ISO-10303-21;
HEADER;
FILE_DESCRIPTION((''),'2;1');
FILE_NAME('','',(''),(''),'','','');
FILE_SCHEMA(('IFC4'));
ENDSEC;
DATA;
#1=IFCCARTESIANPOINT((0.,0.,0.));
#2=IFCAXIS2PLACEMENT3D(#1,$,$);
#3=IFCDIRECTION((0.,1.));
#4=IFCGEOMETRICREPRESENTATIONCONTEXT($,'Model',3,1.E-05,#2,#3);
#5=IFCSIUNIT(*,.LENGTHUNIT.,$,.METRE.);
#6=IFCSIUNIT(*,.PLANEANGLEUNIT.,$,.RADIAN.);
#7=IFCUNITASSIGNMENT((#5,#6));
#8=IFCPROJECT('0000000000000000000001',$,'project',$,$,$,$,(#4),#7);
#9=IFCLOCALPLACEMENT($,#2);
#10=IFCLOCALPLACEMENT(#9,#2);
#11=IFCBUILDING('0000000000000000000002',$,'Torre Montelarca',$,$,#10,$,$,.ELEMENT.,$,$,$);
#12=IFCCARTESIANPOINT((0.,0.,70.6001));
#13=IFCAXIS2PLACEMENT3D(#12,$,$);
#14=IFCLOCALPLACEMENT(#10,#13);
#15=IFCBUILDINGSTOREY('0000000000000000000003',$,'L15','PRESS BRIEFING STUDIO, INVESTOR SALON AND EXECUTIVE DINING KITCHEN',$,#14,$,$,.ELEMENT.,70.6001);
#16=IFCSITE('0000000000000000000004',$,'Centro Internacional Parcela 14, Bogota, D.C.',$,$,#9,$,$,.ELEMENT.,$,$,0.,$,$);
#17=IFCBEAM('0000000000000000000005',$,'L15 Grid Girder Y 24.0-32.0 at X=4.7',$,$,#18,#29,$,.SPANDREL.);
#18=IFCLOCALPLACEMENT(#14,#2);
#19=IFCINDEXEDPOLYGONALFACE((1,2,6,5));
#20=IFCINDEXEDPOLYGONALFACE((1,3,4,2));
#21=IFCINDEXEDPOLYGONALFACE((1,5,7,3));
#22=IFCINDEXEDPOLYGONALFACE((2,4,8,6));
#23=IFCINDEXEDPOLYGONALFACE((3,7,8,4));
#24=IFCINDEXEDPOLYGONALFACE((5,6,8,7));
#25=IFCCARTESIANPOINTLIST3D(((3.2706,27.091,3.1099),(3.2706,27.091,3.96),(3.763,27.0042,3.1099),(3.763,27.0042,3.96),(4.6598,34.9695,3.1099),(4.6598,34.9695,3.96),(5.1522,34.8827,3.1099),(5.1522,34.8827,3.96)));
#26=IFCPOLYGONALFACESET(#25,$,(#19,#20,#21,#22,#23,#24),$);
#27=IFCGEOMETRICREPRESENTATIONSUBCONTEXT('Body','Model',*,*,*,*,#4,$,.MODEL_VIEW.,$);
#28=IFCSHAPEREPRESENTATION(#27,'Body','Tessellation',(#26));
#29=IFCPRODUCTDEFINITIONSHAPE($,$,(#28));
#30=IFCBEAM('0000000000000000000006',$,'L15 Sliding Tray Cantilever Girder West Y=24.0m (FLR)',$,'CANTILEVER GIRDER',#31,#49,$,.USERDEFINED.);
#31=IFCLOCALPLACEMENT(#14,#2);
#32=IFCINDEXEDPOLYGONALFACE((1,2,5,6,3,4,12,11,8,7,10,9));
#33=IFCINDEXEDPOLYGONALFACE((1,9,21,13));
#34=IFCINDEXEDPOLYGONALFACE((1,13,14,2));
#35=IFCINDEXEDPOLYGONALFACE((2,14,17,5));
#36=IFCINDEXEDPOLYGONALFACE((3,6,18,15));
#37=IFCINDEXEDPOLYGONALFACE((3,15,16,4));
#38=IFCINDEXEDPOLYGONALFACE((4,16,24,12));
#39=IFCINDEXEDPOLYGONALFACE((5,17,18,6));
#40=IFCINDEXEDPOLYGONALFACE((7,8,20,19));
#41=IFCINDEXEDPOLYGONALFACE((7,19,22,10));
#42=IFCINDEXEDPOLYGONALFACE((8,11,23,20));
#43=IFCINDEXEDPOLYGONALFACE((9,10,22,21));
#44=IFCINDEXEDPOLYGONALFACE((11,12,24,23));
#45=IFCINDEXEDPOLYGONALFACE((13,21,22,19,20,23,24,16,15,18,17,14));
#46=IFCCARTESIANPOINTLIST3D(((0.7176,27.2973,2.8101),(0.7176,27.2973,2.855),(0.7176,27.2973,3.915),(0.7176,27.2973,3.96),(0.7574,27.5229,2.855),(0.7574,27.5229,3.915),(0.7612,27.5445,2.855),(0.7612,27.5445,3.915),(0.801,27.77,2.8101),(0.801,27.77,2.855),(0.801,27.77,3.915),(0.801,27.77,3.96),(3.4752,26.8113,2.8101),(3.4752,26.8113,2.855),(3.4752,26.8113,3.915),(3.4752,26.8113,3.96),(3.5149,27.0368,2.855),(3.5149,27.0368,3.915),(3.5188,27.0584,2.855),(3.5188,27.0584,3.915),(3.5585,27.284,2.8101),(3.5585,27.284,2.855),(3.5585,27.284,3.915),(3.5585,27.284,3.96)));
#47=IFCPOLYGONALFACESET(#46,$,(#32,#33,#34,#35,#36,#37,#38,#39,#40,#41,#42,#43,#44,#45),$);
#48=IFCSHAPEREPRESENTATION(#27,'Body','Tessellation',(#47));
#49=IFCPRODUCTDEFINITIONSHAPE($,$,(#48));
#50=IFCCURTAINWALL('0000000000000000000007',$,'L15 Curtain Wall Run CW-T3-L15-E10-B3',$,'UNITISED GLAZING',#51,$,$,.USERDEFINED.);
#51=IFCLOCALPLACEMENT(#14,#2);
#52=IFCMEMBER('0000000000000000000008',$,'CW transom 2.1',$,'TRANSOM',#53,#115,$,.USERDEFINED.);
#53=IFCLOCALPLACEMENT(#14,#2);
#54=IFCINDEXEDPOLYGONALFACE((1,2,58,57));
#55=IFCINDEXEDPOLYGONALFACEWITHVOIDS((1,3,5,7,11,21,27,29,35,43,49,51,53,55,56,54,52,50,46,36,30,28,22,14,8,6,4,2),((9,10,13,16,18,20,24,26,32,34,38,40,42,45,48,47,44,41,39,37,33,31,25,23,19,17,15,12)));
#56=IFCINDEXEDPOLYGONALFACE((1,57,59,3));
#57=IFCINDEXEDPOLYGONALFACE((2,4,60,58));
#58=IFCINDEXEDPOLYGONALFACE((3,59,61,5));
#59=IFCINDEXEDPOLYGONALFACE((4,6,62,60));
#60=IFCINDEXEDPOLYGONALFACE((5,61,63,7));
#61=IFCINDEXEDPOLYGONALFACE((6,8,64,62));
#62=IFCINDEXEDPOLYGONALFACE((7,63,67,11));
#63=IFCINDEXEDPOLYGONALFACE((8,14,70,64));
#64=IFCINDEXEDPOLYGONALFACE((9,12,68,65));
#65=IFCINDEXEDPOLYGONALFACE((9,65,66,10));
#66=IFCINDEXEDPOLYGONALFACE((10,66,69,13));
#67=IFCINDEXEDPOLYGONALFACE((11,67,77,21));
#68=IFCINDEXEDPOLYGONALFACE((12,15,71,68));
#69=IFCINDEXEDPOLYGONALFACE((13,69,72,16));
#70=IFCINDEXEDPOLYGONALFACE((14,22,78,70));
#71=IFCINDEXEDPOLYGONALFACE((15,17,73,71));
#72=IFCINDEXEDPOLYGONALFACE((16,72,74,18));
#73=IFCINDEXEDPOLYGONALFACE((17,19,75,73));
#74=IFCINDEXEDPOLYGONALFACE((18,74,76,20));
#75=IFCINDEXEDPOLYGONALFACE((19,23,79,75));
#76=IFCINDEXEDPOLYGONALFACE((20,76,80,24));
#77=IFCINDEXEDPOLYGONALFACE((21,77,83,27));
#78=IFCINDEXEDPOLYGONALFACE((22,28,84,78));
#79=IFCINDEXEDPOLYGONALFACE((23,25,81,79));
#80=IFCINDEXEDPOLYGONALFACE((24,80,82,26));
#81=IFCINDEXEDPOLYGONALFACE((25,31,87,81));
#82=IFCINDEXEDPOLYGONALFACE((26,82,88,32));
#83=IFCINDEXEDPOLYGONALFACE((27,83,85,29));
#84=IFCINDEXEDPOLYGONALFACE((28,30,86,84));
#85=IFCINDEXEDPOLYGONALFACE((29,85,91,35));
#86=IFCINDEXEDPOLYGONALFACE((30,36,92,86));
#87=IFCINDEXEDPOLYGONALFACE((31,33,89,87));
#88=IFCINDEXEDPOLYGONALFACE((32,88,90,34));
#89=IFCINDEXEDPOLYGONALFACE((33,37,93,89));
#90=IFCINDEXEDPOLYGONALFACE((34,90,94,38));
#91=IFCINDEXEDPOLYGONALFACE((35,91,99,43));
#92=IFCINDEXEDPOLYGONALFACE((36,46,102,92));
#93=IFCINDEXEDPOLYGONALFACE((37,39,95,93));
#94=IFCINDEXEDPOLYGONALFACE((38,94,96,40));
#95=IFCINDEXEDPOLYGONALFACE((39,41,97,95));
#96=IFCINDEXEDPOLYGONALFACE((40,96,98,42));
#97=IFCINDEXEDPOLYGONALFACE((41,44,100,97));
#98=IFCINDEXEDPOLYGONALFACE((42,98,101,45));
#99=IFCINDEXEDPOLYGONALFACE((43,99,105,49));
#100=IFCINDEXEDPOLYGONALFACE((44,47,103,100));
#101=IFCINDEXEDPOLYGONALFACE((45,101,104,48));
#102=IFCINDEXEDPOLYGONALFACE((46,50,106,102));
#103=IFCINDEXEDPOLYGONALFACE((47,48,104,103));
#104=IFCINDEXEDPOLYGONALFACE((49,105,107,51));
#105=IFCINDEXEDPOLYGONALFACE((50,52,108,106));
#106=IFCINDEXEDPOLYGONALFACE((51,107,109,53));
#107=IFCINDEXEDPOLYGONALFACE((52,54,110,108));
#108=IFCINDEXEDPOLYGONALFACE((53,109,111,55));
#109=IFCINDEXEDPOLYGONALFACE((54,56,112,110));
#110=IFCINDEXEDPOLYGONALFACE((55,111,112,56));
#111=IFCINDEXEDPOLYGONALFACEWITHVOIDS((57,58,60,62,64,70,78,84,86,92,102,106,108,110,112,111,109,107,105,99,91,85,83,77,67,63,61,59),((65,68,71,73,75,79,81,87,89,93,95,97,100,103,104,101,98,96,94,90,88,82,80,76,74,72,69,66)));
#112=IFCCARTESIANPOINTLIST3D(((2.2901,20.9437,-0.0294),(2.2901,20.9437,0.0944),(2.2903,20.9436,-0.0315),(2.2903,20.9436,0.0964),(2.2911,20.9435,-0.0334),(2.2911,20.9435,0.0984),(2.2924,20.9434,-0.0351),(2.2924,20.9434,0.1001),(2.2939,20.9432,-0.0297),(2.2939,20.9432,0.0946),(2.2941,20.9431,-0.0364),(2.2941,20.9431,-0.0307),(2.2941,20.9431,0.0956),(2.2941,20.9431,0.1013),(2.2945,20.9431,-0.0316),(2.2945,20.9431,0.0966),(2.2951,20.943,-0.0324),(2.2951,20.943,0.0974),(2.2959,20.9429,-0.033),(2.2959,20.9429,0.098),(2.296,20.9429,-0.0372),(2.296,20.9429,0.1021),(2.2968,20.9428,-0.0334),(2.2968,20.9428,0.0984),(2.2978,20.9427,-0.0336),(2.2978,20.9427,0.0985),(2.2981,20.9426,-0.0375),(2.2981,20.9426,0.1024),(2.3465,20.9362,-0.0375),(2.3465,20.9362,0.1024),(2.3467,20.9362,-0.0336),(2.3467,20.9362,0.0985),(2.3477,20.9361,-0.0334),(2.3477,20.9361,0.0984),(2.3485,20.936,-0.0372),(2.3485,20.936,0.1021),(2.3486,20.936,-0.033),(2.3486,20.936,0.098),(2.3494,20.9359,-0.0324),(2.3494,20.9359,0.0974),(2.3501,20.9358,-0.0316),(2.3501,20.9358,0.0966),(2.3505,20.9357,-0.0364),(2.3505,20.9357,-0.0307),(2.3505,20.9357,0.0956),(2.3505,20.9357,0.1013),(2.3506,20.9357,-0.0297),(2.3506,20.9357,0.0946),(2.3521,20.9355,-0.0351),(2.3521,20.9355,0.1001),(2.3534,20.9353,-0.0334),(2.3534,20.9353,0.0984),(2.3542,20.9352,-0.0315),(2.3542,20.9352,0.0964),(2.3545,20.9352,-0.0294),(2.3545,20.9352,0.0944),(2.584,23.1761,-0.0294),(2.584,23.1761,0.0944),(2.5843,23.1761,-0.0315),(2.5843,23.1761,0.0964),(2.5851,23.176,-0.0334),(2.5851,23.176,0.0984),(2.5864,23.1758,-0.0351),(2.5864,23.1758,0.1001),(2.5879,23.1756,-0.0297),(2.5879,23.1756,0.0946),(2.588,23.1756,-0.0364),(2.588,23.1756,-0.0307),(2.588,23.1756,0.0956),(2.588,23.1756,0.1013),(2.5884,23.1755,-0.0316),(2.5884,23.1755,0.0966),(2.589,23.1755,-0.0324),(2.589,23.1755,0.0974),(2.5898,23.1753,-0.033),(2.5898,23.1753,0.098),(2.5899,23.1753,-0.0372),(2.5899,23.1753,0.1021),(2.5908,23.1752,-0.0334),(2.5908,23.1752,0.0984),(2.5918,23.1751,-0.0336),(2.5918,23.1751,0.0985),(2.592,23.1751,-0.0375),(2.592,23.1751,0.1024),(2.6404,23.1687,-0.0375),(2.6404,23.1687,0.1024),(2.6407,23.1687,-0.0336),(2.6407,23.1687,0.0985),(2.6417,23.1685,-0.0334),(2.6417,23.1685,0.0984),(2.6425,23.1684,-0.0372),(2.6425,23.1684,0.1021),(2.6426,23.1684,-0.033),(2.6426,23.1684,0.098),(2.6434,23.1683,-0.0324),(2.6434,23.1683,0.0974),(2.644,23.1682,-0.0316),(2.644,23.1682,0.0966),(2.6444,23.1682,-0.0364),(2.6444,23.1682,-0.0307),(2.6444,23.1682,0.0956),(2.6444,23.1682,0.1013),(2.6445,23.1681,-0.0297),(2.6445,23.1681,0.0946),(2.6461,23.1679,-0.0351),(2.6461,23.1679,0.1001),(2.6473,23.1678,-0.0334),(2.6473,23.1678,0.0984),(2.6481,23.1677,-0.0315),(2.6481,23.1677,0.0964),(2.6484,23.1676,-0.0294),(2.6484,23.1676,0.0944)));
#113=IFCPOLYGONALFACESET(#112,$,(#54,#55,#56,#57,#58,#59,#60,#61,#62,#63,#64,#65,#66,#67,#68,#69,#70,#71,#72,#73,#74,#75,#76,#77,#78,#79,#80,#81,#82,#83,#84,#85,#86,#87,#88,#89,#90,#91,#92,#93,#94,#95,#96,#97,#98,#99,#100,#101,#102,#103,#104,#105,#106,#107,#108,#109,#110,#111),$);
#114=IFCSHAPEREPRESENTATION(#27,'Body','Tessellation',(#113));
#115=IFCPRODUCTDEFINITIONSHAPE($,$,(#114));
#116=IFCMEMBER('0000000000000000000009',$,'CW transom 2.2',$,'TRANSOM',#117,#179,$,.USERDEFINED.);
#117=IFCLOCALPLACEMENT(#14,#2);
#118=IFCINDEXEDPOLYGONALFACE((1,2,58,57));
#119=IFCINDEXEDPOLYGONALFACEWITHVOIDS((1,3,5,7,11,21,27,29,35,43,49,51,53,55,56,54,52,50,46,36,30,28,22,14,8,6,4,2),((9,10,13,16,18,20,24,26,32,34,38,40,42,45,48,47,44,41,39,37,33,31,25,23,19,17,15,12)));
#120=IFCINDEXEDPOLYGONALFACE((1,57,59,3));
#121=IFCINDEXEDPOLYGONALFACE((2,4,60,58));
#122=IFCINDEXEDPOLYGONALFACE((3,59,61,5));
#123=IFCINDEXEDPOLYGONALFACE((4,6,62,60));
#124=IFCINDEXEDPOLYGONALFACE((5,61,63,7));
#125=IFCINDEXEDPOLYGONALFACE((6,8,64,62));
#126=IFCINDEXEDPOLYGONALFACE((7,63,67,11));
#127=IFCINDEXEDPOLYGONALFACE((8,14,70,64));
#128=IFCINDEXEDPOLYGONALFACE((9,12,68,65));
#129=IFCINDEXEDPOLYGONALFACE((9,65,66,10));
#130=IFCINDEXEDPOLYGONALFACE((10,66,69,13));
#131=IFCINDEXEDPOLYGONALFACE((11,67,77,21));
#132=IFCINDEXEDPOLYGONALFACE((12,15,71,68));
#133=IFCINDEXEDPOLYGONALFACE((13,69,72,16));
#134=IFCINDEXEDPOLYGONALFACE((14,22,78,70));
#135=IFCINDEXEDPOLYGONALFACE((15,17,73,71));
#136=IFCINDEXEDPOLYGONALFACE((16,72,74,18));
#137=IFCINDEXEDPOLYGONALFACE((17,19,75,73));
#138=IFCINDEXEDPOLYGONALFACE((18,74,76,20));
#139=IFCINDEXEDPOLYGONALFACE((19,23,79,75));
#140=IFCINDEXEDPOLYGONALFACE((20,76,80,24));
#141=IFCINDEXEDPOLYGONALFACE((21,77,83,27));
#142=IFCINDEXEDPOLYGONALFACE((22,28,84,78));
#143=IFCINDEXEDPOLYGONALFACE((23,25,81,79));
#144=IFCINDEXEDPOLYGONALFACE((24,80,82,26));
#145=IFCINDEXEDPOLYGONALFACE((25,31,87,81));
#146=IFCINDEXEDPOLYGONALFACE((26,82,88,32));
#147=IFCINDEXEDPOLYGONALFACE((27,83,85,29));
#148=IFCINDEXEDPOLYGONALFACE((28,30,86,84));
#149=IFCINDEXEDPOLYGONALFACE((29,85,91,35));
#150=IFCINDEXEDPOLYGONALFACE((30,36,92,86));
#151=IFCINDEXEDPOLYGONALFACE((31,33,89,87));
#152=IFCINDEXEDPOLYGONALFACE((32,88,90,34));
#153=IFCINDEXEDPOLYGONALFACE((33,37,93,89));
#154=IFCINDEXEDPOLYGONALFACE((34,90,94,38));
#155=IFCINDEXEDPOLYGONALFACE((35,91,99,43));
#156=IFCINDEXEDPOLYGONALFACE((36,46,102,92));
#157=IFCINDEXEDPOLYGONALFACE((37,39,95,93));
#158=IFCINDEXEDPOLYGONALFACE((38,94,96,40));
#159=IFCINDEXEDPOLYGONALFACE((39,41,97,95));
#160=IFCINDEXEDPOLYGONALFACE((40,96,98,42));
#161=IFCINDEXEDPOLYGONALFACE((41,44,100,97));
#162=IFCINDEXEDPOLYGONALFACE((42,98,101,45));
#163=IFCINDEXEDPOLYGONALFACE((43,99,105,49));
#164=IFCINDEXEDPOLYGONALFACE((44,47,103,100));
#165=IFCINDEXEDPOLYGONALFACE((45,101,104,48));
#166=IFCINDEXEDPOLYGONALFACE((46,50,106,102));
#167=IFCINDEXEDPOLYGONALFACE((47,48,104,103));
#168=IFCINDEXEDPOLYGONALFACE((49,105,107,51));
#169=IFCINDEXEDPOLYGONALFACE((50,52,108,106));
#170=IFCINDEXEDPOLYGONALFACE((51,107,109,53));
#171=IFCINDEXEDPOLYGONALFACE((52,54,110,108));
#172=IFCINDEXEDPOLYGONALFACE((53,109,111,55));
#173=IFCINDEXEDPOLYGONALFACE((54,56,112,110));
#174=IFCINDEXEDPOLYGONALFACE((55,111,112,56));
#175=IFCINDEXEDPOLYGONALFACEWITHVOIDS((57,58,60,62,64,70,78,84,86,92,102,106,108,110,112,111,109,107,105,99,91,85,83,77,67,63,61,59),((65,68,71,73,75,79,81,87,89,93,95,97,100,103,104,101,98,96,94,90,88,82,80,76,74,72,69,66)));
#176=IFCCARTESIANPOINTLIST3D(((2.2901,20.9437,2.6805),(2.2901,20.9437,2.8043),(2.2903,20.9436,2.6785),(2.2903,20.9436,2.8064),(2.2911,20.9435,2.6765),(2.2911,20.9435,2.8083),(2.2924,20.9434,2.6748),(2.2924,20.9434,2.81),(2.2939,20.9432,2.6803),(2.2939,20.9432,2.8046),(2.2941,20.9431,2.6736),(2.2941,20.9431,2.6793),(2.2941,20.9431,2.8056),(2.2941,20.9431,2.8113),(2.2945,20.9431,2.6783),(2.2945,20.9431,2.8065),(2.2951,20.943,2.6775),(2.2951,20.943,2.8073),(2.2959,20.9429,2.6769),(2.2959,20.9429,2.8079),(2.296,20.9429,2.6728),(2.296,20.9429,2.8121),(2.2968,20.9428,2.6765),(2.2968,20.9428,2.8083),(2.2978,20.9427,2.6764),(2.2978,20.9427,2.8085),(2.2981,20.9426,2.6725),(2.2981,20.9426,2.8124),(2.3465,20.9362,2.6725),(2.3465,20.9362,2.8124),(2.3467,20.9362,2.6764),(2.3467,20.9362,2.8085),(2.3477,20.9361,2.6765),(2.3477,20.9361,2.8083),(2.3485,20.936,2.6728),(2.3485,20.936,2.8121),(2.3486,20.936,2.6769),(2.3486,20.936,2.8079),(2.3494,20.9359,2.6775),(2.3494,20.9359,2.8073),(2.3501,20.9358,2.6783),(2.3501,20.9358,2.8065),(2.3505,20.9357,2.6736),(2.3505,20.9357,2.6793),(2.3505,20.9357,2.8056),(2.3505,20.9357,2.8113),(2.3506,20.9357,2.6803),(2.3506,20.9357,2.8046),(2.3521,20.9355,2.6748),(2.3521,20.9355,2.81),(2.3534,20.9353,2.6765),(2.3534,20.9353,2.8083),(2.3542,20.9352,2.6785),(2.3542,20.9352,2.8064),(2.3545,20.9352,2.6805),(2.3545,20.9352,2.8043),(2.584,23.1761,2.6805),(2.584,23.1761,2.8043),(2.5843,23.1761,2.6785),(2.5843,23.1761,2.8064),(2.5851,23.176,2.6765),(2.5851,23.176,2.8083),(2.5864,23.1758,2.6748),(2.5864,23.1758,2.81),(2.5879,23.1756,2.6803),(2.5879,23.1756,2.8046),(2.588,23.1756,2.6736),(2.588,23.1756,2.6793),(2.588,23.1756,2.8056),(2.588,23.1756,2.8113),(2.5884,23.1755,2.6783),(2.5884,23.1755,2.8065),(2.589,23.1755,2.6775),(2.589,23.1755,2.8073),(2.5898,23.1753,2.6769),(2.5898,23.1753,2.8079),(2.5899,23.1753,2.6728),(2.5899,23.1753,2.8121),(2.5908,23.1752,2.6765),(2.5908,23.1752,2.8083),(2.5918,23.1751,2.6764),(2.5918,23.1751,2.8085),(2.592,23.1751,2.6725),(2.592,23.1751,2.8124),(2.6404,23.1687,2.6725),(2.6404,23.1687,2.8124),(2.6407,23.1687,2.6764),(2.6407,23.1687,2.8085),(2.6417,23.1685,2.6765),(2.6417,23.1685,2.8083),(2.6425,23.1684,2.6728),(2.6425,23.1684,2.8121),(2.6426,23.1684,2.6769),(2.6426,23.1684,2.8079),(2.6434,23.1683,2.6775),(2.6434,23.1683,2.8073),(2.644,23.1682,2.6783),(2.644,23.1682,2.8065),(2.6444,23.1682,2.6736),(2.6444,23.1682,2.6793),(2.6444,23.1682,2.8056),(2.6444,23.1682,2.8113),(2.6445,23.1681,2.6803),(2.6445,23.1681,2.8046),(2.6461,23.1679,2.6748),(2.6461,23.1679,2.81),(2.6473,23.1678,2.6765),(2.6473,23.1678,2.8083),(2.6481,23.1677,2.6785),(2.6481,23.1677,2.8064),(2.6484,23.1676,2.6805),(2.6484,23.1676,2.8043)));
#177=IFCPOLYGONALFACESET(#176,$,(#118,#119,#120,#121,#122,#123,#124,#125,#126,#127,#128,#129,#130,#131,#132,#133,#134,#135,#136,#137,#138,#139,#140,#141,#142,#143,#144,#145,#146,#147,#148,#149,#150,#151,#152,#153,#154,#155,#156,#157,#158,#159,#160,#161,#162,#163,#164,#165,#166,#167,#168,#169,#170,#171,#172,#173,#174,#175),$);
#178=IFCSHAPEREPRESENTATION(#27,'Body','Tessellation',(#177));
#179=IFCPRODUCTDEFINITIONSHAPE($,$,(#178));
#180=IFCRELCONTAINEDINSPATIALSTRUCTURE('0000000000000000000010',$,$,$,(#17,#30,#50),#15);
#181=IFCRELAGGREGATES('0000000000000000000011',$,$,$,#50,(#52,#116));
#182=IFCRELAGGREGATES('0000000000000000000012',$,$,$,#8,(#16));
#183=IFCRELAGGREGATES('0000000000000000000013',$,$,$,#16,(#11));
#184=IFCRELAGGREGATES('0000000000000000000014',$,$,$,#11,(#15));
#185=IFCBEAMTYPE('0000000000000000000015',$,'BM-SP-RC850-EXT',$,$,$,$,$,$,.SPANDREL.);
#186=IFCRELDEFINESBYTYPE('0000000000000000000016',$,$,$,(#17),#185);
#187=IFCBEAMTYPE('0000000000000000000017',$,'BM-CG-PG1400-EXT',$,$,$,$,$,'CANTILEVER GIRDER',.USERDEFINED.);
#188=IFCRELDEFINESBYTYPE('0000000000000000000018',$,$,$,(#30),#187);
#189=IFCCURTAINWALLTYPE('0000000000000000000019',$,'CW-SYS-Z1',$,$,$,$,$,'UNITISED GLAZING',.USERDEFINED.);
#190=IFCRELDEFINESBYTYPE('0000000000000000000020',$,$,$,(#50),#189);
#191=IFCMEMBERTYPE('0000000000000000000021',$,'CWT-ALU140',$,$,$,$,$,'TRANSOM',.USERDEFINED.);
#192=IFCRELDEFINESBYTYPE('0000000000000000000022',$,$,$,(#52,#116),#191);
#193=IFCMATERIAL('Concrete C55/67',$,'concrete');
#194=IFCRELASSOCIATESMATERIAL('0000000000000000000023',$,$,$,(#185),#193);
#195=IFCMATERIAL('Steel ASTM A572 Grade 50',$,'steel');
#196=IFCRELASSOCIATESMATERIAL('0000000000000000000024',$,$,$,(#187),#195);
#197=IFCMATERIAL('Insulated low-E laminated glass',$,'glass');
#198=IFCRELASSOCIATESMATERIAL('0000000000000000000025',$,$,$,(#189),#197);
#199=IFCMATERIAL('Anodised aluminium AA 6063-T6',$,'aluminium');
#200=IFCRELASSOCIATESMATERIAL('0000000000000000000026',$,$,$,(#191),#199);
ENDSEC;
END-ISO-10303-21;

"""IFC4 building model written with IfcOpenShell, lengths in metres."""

from ifc_helpers import new_model, si_unit, direction, frame, origin, origin_2d, place, context, subcontext, project, spatial, rectangle, hollow_rectangle, i_section, extrude, source, transform, mapped, material, material_profile, profile_set, type_object, element, aggregate, save


model = new_model("IFC4")

# Units and contexts
model_context = context("Model", 3, precision=1e-05, world=origin(), true_north=direction((0.0, 1.0)))
body_context = subcontext(model_context, "Body", "Model", "MODEL_VIEW")
ifc_project = project(units=[si_unit("LENGTHUNIT", "METRE"), si_unit("PLANEANGLEUNIT", "RADIAN")], contexts=[model_context])

# Site, building, storey
site_placement = place(None, origin())
site = spatial("IfcSite", under=ifc_project, at=site_placement, Name="Centro Internacional Parcela 14, Bogota, D.C.", CompositionType="ELEMENT", RefElevation=0.0)
building_placement = place(site_placement, origin())
building = spatial("IfcBuilding", under=site, at=building_placement, Name="Torre Montelarca", CompositionType="ELEMENT")
storey_placement = place(building_placement, frame((0.0, 0.0, 70.6001)))
storey = spatial("IfcBuildingStorey", under=building, at=storey_placement, Name="L15", Description="PRESS BRIEFING STUDIO, INVESTOR SALON AND EXECUTIVE DINING KITCHEN", CompositionType="ELEMENT", Elevation=70.6001)

# Beams
ifc_material_1 = material(Name="Concrete C55/67", Category="concrete")
ifc_material_profile_1 = material_profile(ifc_material_1, rectangle(XDim=0.5, YDim=0.8501, at=origin_2d()), Name="RCB500X850", Category="concrete")
ifc_profile_set_1 = profile_set([ifc_material_profile_1], Name="Concrete C55/67")
beam_type_1 = type_object("IfcBeamType", Name="BM-SP-RC850-EXT", PredefinedType="SPANDREL", material=ifc_profile_set_1)
shared_shape_1 = source(origin(), body_context, "Body", "SweptSolid", [
    extrude(rectangle(XDim=0.5, YDim=0.8501, at=origin_2d()), origin(), (0.0, 0.0, 1.0), 8.0),
])
beam_1_placement = place(storey_placement, frame((3.5168, 27.0476, 3.5349), z_axis=(0.173646, 0.984808, 0.0), x_axis=(-0.984808, 0.173646, 0.0)))
element("IfcBeam", 1, at=beam_1_placement, inside=storey, type_object=beam_type_1, Name="L15 Grid Girder Y 24.0-32.0 at X=4.7", PredefinedType="SPANDREL", context=body_context, shape_type="MappedRepresentation", body=[
    mapped(shared_shape_1, transform((0.0, 0.0, 0.0), scale=1.0)),
])
ifc_material_2 = material(Name="Steel ASTM A572 Grade 50", Category="steel")
ifc_material_profile_2 = material_profile(ifc_material_2, i_section(OverallWidth=0.48, OverallDepth=1.1499, WebThickness=0.022, FlangeThickness=0.0449, at=origin_2d()), Name="PG1150X480X22X45", Category="steel")
ifc_profile_set_2 = profile_set([ifc_material_profile_2], Name="Steel ASTM A572 Grade 50")
beam_type_2 = type_object("IfcBeamType", Name="BM-CG-PG1400-EXT", ElementType="CANTILEVER GIRDER", PredefinedType="USERDEFINED", material=ifc_profile_set_2)
shared_shape_2 = source(origin(), body_context, "Body", "SweptSolid", [
    extrude(i_section(OverallWidth=0.48, OverallDepth=1.1499, WebThickness=0.022, FlangeThickness=0.0449, at=origin_2d()), origin(), (0.0, 0.0, 1.0), 2.8),
])
beam_2_placement = place(storey_placement, frame((3.5168, 27.0476, 3.385), z_axis=(-0.984817, 0.173596, 0.0), x_axis=(-0.173596, -0.984817, 0.0)))
element("IfcBeam", 2, at=beam_2_placement, inside=storey, type_object=beam_type_2, Name="L15 Sliding Tray Cantilever Girder West Y=24.0m (FLR)", ObjectType="CANTILEVER GIRDER", PredefinedType="USERDEFINED", context=body_context, shape_type="MappedRepresentation", body=[
    mapped(shared_shape_2, transform((0.0, 0.0, 0.0), scale=1.0)),
])

# Curtain wall, members
ifc_material_3 = material(Name="Insulated low-E laminated glass", Category="glass")
curtain_wall_type = type_object("IfcCurtainWallType", Name="CW-SYS-Z1", ElementType="UNITISED GLAZING", PredefinedType="USERDEFINED", material=ifc_material_3)
curtain_wall_1_placement = place(storey_placement, origin())
curtain_wall_1 = element("IfcCurtainWall", 3, at=curtain_wall_1_placement, inside=storey, type_object=curtain_wall_type, Name="L15 Curtain Wall Run CW-T3-L15-E10-B3", ObjectType="UNITISED GLAZING", PredefinedType="USERDEFINED")
ifc_material_4 = material(Name="Anodised aluminium AA 6063-T6", Category="aluminium")
ifc_material_profile_3 = material_profile(ifc_material_4, hollow_rectangle(XDim=0.0649, YDim=0.1399, WallThickness=0.0039, InnerFilletRadius=0.0039, OuterFilletRadius=0.0081, at=origin_2d()), Name="ALU65X140X4", Category="aluminium")
ifc_profile_set_3 = profile_set([ifc_material_profile_3], Name="Anodised aluminium AA 6063-T6")
member_type_1 = type_object("IfcMemberType", Name="CWT-ALU140", ElementType="TRANSOM", PredefinedType="USERDEFINED", material=ifc_profile_set_3)
shared_shape_3 = source(origin(), body_context, "Body", "SweptSolid", [
    extrude(hollow_rectangle(XDim=0.0649, YDim=0.1399, WallThickness=0.0039, InnerFilletRadius=0.0039, OuterFilletRadius=0.0081, at=origin_2d()), origin(), (0.0, 0.0, 1.0), 2.2517),
])
member_1_placement = place(storey_placement, frame((2.6162, 23.1719, 0.0325), z_axis=(-0.130544, -0.991442, 0.0), x_axis=(0.991442, -0.130544, 0.0)))
member_1 = element("IfcMember", 4, at=member_1_placement, type_object=member_type_1, Name="CW transom 2.1", ObjectType="TRANSOM", PredefinedType="USERDEFINED", context=body_context, shape_type="MappedRepresentation", body=[
    mapped(shared_shape_3, transform((0.0, 0.0, 0.0), scale=1.0)),
])
member_2_placement = place(storey_placement, frame((2.6162, 23.1719, 2.7424), z_axis=(-0.130544, -0.991442, 0.0), x_axis=(0.991442, -0.130544, 0.0)))
member_2 = element("IfcMember", 5, at=member_2_placement, type_object=member_type_1, Name="CW transom 2.2", ObjectType="TRANSOM", PredefinedType="USERDEFINED", context=body_context, shape_type="MappedRepresentation", body=[
    mapped(shared_shape_3, transform((0.0, 0.0, 0.0), scale=1.0)),
])

aggregate(curtain_wall_1, [member_1, member_2])

save(model, "model.ifc")
